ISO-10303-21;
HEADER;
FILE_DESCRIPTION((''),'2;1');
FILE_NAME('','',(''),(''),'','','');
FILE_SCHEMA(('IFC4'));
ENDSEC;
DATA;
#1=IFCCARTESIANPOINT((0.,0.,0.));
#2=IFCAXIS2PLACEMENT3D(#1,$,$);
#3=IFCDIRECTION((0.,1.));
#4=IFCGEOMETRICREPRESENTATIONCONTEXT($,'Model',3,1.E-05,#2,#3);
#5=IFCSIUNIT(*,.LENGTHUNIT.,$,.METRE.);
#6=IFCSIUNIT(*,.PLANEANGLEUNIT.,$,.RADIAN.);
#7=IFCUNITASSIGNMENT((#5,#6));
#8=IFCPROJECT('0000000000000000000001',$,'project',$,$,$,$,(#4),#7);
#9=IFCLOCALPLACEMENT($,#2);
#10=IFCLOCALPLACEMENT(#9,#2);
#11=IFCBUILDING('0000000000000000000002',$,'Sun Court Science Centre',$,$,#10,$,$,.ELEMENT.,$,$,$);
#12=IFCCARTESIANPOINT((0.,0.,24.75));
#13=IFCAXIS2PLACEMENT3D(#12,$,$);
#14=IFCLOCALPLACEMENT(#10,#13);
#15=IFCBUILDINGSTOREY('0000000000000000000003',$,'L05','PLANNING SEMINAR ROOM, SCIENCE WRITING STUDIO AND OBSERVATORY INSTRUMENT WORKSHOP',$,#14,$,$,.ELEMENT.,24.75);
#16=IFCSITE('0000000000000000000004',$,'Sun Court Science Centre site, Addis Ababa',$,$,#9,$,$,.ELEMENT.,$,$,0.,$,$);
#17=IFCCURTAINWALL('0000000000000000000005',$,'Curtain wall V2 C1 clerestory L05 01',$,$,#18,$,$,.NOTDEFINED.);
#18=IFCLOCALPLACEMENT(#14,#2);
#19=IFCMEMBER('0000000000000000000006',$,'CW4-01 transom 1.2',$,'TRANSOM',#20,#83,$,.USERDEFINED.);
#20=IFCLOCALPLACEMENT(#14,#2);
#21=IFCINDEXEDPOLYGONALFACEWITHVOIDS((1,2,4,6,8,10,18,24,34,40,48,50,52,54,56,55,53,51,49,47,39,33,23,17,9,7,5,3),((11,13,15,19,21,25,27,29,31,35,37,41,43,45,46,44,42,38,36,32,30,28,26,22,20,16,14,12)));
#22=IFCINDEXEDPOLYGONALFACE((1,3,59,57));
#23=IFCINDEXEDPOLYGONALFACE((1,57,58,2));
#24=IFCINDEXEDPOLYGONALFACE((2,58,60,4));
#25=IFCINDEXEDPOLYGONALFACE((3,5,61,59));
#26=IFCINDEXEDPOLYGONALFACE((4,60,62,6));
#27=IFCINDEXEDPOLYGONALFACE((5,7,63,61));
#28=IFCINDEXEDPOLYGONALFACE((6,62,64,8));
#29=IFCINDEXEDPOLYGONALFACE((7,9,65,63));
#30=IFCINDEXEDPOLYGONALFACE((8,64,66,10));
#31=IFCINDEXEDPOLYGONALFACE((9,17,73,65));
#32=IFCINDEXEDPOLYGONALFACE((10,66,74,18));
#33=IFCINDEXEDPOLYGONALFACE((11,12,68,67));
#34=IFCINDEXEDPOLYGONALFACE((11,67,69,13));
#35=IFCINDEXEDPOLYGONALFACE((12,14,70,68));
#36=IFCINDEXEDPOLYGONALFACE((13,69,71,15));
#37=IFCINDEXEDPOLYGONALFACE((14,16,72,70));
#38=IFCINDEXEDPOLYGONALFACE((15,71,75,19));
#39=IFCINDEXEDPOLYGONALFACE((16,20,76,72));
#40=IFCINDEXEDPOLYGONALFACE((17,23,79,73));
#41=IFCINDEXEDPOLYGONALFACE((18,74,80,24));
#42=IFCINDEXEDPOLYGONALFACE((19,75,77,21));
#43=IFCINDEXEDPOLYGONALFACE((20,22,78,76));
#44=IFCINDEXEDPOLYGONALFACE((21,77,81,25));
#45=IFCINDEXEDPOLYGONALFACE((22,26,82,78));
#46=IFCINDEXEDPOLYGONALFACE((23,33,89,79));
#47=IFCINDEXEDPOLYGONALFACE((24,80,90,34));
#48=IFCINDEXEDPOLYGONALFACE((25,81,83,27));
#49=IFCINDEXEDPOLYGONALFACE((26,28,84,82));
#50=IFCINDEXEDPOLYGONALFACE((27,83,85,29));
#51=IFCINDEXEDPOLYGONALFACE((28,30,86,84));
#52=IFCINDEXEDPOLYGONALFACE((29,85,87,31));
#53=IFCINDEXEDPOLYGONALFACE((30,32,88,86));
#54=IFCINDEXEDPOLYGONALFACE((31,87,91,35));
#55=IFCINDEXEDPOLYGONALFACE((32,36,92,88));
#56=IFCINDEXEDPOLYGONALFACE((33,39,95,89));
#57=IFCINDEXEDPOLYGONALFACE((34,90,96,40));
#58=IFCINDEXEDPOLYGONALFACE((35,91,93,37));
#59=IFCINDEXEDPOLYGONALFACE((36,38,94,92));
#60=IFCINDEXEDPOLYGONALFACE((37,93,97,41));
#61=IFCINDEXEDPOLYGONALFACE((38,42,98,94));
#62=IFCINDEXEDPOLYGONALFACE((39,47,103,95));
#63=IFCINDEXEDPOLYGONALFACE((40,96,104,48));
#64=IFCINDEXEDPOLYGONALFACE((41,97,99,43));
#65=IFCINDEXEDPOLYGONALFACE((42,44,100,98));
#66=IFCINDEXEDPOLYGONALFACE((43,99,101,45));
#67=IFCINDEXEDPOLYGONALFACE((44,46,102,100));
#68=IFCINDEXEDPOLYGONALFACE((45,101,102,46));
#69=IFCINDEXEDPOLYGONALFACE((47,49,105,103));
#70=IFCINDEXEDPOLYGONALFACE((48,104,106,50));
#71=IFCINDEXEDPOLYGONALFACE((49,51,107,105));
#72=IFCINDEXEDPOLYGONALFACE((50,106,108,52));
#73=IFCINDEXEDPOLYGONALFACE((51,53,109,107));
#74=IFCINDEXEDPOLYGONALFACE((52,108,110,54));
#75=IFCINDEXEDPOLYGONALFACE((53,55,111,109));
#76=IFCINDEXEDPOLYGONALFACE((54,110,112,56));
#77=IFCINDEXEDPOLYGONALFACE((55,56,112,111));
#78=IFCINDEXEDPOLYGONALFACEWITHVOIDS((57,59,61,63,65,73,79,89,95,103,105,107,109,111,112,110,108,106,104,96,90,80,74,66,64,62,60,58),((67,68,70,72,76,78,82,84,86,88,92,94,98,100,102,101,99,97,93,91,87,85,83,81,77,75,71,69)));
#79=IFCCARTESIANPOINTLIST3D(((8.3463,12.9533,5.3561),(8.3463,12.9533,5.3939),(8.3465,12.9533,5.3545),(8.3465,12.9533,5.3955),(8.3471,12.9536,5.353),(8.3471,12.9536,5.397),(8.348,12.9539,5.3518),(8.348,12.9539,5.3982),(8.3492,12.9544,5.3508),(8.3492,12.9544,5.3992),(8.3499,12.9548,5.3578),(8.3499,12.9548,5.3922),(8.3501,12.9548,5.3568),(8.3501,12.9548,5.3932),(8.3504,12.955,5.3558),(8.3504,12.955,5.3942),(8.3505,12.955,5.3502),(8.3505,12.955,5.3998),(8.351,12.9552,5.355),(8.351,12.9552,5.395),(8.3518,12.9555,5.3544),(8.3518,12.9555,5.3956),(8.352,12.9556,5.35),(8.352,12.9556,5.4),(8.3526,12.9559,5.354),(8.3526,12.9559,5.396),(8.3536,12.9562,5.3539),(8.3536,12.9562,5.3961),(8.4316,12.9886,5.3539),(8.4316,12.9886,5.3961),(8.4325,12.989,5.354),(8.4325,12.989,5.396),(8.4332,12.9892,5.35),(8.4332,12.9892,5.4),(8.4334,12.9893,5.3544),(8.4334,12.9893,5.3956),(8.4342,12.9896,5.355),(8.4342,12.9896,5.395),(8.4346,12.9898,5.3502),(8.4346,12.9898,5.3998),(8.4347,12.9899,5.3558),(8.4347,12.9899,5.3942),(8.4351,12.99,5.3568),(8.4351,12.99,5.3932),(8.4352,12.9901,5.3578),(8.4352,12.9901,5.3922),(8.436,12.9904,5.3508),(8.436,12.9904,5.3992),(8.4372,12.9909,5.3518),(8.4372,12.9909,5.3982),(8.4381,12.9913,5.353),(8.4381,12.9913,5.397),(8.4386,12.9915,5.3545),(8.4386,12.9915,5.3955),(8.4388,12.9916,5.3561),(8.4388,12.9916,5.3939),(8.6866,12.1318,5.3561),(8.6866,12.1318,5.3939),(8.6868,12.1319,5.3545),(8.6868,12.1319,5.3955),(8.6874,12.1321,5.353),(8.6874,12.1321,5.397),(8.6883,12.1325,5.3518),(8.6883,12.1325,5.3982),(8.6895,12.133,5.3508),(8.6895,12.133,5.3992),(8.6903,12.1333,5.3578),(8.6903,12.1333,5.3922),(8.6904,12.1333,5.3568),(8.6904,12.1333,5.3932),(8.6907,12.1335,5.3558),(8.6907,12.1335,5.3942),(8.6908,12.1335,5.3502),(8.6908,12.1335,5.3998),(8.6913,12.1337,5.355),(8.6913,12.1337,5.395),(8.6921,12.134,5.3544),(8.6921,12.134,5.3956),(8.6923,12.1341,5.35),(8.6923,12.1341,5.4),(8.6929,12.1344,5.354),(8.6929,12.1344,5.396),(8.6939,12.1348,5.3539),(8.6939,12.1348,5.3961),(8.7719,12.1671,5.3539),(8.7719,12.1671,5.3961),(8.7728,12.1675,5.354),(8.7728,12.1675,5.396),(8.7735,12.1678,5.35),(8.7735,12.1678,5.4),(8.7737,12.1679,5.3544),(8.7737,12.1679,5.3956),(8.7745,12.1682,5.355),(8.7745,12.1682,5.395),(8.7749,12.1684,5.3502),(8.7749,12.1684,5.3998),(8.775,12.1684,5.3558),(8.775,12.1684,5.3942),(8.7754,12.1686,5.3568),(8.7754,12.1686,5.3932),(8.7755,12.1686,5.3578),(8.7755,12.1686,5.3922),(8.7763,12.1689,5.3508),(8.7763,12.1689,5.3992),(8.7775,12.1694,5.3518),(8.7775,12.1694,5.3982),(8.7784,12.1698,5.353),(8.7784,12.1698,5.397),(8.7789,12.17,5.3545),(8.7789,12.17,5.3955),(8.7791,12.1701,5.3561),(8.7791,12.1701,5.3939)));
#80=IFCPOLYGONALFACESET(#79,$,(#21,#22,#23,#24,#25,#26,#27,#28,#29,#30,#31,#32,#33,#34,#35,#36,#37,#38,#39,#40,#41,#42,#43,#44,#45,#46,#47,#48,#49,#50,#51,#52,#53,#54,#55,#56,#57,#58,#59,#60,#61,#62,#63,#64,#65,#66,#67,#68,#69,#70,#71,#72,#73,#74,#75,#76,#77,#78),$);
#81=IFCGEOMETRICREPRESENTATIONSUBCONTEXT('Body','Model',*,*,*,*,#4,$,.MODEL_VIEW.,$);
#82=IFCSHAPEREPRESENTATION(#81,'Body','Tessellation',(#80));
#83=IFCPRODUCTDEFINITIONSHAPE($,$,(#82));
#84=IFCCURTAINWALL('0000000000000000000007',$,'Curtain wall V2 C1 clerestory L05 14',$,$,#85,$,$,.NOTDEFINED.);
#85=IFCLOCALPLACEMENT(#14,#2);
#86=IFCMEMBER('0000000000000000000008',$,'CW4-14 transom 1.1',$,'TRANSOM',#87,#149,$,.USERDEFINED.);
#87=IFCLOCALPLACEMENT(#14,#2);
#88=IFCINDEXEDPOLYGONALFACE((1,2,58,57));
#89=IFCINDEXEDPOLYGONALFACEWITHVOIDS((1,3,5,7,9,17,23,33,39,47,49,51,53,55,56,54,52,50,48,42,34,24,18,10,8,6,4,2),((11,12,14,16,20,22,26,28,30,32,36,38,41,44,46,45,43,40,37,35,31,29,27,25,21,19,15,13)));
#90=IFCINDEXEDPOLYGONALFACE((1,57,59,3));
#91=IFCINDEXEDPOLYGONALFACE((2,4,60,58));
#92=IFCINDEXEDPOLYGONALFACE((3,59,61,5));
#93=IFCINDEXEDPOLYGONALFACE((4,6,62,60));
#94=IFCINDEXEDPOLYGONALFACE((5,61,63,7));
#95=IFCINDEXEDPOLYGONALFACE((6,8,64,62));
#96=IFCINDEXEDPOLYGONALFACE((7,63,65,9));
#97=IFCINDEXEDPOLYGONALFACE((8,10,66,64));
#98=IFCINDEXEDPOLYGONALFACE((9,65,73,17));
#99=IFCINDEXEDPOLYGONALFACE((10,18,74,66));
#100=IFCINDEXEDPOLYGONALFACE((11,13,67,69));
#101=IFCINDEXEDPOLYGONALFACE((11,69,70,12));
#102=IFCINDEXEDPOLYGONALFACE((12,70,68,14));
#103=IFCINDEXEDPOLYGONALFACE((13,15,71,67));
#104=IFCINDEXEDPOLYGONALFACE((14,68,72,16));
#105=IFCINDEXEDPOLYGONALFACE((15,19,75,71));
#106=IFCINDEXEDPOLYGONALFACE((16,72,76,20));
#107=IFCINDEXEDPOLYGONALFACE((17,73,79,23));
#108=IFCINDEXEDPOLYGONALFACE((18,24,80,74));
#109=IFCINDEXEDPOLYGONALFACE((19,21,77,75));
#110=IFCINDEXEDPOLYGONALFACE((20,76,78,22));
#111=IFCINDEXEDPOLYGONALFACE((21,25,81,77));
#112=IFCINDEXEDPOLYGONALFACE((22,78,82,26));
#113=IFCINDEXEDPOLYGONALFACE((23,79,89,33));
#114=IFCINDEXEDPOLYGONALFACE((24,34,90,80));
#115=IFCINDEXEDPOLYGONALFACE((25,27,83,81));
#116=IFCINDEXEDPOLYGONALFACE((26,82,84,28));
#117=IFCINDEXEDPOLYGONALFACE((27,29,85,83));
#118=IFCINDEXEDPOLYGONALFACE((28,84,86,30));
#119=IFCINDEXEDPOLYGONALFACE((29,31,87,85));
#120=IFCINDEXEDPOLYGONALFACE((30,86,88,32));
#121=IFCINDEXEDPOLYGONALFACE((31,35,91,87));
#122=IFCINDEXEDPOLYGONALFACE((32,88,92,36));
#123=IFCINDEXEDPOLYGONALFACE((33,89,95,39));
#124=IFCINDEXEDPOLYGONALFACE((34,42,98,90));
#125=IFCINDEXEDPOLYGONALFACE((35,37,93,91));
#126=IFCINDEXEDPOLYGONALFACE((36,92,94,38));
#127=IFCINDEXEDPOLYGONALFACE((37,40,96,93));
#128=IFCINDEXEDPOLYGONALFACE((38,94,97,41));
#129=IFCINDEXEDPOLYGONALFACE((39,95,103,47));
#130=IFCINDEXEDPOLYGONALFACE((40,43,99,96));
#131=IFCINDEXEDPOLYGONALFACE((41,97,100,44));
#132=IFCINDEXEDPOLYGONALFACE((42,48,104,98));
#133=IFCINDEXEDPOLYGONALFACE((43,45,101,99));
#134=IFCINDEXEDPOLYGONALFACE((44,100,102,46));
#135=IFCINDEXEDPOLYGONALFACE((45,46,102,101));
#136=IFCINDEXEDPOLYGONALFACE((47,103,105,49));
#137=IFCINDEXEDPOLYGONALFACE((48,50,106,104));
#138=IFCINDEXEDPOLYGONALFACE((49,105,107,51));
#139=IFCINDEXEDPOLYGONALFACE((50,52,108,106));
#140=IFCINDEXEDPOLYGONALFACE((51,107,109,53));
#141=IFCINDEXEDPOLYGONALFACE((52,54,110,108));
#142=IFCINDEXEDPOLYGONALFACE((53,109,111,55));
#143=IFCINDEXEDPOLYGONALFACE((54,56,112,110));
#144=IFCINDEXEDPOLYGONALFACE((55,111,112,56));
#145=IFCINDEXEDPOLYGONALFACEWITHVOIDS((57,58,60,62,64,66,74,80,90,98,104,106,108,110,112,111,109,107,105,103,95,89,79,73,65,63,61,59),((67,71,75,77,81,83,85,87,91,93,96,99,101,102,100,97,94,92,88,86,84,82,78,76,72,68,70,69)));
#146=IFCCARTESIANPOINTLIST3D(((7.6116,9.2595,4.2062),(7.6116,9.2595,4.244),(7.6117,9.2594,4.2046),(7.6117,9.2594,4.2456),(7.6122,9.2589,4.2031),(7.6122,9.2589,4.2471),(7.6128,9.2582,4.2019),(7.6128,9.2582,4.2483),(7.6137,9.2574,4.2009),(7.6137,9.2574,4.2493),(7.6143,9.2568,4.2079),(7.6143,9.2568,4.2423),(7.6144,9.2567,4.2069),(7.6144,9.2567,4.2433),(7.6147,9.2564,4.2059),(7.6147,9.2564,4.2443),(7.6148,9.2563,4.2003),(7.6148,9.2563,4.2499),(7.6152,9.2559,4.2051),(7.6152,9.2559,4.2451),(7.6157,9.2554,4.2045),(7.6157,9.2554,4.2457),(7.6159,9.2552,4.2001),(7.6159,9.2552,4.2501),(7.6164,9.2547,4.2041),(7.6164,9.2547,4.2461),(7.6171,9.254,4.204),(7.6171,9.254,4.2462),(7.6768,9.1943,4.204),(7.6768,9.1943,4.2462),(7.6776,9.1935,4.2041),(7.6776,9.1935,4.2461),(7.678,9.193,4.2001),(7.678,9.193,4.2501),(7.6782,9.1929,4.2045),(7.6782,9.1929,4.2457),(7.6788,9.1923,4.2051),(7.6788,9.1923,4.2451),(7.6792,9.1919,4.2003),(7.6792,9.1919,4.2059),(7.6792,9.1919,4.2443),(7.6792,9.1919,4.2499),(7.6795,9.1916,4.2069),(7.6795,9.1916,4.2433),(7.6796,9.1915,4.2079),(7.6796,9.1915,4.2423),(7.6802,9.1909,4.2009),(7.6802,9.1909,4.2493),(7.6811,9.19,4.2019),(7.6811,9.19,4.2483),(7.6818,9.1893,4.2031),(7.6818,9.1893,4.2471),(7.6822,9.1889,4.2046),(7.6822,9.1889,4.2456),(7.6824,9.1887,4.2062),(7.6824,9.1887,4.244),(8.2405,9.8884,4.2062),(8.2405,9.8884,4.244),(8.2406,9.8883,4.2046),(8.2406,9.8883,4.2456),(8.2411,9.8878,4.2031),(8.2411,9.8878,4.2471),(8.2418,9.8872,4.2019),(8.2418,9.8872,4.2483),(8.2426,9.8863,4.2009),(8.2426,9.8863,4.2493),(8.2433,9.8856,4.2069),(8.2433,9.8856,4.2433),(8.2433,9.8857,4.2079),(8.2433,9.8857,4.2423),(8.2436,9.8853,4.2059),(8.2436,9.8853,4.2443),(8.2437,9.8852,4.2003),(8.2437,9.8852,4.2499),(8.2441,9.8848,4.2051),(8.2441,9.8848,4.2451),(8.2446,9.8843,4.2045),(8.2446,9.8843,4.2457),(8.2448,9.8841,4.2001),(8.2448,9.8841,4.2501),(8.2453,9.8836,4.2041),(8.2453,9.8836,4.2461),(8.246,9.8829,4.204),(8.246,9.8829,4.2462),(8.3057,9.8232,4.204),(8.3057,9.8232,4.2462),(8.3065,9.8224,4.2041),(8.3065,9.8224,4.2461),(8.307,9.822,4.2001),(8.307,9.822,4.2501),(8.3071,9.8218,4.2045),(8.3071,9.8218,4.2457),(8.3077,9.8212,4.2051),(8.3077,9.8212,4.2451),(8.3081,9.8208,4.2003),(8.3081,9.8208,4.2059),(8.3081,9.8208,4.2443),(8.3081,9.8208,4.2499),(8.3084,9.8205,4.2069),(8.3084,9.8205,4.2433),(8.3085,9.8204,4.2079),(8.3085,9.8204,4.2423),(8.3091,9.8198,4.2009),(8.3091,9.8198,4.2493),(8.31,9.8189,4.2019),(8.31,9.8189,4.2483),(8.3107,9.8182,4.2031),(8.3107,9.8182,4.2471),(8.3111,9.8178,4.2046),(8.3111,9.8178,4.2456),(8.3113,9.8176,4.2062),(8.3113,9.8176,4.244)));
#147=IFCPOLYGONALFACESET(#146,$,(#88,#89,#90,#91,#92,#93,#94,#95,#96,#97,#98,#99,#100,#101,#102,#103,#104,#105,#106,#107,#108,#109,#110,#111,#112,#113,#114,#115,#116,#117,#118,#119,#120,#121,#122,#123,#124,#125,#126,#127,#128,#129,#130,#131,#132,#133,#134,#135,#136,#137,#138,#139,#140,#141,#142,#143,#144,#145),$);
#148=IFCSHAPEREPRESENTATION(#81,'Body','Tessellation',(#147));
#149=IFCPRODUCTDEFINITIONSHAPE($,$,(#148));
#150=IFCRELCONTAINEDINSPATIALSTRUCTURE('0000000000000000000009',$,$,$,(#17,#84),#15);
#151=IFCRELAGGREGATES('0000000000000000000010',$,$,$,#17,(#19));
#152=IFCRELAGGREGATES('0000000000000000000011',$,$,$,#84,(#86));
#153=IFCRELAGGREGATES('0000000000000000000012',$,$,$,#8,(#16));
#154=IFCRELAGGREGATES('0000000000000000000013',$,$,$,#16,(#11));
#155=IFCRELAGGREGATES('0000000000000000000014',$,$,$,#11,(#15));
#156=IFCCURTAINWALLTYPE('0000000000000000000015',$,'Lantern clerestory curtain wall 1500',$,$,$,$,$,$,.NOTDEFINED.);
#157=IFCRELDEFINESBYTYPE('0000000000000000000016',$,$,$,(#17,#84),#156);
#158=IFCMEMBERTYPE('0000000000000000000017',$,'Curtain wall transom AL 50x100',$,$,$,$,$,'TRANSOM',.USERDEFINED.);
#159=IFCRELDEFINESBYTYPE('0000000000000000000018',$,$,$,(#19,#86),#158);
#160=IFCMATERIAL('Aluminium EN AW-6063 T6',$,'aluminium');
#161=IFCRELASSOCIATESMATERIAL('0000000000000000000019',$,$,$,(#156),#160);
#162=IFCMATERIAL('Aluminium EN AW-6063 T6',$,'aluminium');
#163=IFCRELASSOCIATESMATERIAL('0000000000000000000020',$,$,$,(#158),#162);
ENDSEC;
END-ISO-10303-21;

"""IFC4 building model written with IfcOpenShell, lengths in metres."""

from ifc_helpers import new_model, si_unit, direction, frame, origin, origin_2d, place, context, subcontext, project, spatial, hollow_rectangle, extrude, material, material_profile, profile_set, type_object, element, aggregate, save


model = new_model("IFC4")

# Units and contexts
model_context = context("Model", 3, precision=1e-05, world=origin(), true_north=direction((0.0, 1.0)))
body_context = subcontext(model_context, "Body", "Model", "MODEL_VIEW")
ifc_project = project(units=[si_unit("LENGTHUNIT", "METRE"), si_unit("PLANEANGLEUNIT", "RADIAN")], contexts=[model_context])

# Site, building, storey
site_placement = place(None, origin())
site = spatial("IfcSite", under=ifc_project, at=site_placement, Name="Sun Court Science Centre site, Addis Ababa", CompositionType="ELEMENT", RefElevation=0.0)
building_placement = place(site_placement, origin())
building = spatial("IfcBuilding", under=site, at=building_placement, Name="Sun Court Science Centre", CompositionType="ELEMENT")
storey_placement = place(building_placement, frame((0.0, 0.0, 24.75)))
storey = spatial("IfcBuildingStorey", under=building, at=storey_placement, Name="L05", Description="PLANNING SEMINAR ROOM, SCIENCE WRITING STUDIO AND OBSERVATORY INSTRUMENT WORKSHOP", CompositionType="ELEMENT", Elevation=24.75)

# Shared definitions
ifc_material_1 = material(Name="Aluminium EN AW-6063 T6", Category="aluminium")
curtain_wall_type = type_object("IfcCurtainWallType", Name="Lantern clerestory curtain wall 1500", PredefinedType="NOTDEFINED", material=ifc_material_1)

# Curtain walls, members
curtain_wall_1_placement = place(storey_placement, origin())
curtain_wall_1 = element("IfcCurtainWall", 1, at=curtain_wall_1_placement, inside=storey, type_object=curtain_wall_type, Name="Curtain wall V2 C1 clerestory L05 01", PredefinedType="NOTDEFINED")
ifc_material_2 = material(Name="Aluminium EN AW-6063 T6", Category="aluminium")
ifc_material_profile_1 = material_profile(ifc_material_2, hollow_rectangle(XDim=0.05, YDim=0.1001, WallThickness=0.0039, InnerFilletRadius=0.0039, OuterFilletRadius=0.0061, at=origin_2d()), Name="AL 50x100x4")
ifc_profile_set_1 = profile_set([ifc_material_profile_1], Name="Aluminium EN AW-6063 T6")
member_type_1 = type_object("IfcMemberType", Name="Curtain wall transom AL 50x100", ElementType="TRANSOM", PredefinedType="USERDEFINED", material=ifc_profile_set_1)
member_1_placement = place(storey_placement, frame((8.3926, 12.9724, 5.375), z_axis=(0.382724, -0.923863, 0.0), x_axis=(0.0, 0.0, 1.0)))
member_1 = element("IfcMember", 2, at=member_1_placement, type_object=member_type_1, Name="CW4-01 transom 1.2", ObjectType="TRANSOM", PredefinedType="USERDEFINED", context=body_context, shape_type="SweptSolid", body=[
    extrude(hollow_rectangle(XDim=0.05, YDim=0.1001, WallThickness=0.0039, InnerFilletRadius=0.0039, OuterFilletRadius=0.0061, at=origin_2d()), origin(), (0.0, 0.0, 1.0), 0.8892),
])
curtain_wall_2_placement = place(storey_placement, origin())
curtain_wall_2 = element("IfcCurtainWall", 3, at=curtain_wall_2_placement, inside=storey, type_object=curtain_wall_type, Name="Curtain wall V2 C1 clerestory L05 14", PredefinedType="NOTDEFINED")
member_2_placement = place(storey_placement, frame((8.2759, 9.853, 4.2251), z_axis=(-0.707107, -0.707107, 0.0), x_axis=(0.0, 0.0, 1.0)))
member_2 = element("IfcMember", 4, at=member_2_placement, type_object=member_type_1, Name="CW4-14 transom 1.1", ObjectType="TRANSOM", PredefinedType="USERDEFINED", context=body_context, shape_type="SweptSolid", body=[
    extrude(hollow_rectangle(XDim=0.05, YDim=0.1001, WallThickness=0.0039, InnerFilletRadius=0.0039, OuterFilletRadius=0.0061, at=origin_2d()), origin(), (0.0, 0.0, 1.0), 0.8894),
])

aggregate(curtain_wall_1, [member_1])
aggregate(curtain_wall_2, [member_2])

save(model, "model.ifc")
